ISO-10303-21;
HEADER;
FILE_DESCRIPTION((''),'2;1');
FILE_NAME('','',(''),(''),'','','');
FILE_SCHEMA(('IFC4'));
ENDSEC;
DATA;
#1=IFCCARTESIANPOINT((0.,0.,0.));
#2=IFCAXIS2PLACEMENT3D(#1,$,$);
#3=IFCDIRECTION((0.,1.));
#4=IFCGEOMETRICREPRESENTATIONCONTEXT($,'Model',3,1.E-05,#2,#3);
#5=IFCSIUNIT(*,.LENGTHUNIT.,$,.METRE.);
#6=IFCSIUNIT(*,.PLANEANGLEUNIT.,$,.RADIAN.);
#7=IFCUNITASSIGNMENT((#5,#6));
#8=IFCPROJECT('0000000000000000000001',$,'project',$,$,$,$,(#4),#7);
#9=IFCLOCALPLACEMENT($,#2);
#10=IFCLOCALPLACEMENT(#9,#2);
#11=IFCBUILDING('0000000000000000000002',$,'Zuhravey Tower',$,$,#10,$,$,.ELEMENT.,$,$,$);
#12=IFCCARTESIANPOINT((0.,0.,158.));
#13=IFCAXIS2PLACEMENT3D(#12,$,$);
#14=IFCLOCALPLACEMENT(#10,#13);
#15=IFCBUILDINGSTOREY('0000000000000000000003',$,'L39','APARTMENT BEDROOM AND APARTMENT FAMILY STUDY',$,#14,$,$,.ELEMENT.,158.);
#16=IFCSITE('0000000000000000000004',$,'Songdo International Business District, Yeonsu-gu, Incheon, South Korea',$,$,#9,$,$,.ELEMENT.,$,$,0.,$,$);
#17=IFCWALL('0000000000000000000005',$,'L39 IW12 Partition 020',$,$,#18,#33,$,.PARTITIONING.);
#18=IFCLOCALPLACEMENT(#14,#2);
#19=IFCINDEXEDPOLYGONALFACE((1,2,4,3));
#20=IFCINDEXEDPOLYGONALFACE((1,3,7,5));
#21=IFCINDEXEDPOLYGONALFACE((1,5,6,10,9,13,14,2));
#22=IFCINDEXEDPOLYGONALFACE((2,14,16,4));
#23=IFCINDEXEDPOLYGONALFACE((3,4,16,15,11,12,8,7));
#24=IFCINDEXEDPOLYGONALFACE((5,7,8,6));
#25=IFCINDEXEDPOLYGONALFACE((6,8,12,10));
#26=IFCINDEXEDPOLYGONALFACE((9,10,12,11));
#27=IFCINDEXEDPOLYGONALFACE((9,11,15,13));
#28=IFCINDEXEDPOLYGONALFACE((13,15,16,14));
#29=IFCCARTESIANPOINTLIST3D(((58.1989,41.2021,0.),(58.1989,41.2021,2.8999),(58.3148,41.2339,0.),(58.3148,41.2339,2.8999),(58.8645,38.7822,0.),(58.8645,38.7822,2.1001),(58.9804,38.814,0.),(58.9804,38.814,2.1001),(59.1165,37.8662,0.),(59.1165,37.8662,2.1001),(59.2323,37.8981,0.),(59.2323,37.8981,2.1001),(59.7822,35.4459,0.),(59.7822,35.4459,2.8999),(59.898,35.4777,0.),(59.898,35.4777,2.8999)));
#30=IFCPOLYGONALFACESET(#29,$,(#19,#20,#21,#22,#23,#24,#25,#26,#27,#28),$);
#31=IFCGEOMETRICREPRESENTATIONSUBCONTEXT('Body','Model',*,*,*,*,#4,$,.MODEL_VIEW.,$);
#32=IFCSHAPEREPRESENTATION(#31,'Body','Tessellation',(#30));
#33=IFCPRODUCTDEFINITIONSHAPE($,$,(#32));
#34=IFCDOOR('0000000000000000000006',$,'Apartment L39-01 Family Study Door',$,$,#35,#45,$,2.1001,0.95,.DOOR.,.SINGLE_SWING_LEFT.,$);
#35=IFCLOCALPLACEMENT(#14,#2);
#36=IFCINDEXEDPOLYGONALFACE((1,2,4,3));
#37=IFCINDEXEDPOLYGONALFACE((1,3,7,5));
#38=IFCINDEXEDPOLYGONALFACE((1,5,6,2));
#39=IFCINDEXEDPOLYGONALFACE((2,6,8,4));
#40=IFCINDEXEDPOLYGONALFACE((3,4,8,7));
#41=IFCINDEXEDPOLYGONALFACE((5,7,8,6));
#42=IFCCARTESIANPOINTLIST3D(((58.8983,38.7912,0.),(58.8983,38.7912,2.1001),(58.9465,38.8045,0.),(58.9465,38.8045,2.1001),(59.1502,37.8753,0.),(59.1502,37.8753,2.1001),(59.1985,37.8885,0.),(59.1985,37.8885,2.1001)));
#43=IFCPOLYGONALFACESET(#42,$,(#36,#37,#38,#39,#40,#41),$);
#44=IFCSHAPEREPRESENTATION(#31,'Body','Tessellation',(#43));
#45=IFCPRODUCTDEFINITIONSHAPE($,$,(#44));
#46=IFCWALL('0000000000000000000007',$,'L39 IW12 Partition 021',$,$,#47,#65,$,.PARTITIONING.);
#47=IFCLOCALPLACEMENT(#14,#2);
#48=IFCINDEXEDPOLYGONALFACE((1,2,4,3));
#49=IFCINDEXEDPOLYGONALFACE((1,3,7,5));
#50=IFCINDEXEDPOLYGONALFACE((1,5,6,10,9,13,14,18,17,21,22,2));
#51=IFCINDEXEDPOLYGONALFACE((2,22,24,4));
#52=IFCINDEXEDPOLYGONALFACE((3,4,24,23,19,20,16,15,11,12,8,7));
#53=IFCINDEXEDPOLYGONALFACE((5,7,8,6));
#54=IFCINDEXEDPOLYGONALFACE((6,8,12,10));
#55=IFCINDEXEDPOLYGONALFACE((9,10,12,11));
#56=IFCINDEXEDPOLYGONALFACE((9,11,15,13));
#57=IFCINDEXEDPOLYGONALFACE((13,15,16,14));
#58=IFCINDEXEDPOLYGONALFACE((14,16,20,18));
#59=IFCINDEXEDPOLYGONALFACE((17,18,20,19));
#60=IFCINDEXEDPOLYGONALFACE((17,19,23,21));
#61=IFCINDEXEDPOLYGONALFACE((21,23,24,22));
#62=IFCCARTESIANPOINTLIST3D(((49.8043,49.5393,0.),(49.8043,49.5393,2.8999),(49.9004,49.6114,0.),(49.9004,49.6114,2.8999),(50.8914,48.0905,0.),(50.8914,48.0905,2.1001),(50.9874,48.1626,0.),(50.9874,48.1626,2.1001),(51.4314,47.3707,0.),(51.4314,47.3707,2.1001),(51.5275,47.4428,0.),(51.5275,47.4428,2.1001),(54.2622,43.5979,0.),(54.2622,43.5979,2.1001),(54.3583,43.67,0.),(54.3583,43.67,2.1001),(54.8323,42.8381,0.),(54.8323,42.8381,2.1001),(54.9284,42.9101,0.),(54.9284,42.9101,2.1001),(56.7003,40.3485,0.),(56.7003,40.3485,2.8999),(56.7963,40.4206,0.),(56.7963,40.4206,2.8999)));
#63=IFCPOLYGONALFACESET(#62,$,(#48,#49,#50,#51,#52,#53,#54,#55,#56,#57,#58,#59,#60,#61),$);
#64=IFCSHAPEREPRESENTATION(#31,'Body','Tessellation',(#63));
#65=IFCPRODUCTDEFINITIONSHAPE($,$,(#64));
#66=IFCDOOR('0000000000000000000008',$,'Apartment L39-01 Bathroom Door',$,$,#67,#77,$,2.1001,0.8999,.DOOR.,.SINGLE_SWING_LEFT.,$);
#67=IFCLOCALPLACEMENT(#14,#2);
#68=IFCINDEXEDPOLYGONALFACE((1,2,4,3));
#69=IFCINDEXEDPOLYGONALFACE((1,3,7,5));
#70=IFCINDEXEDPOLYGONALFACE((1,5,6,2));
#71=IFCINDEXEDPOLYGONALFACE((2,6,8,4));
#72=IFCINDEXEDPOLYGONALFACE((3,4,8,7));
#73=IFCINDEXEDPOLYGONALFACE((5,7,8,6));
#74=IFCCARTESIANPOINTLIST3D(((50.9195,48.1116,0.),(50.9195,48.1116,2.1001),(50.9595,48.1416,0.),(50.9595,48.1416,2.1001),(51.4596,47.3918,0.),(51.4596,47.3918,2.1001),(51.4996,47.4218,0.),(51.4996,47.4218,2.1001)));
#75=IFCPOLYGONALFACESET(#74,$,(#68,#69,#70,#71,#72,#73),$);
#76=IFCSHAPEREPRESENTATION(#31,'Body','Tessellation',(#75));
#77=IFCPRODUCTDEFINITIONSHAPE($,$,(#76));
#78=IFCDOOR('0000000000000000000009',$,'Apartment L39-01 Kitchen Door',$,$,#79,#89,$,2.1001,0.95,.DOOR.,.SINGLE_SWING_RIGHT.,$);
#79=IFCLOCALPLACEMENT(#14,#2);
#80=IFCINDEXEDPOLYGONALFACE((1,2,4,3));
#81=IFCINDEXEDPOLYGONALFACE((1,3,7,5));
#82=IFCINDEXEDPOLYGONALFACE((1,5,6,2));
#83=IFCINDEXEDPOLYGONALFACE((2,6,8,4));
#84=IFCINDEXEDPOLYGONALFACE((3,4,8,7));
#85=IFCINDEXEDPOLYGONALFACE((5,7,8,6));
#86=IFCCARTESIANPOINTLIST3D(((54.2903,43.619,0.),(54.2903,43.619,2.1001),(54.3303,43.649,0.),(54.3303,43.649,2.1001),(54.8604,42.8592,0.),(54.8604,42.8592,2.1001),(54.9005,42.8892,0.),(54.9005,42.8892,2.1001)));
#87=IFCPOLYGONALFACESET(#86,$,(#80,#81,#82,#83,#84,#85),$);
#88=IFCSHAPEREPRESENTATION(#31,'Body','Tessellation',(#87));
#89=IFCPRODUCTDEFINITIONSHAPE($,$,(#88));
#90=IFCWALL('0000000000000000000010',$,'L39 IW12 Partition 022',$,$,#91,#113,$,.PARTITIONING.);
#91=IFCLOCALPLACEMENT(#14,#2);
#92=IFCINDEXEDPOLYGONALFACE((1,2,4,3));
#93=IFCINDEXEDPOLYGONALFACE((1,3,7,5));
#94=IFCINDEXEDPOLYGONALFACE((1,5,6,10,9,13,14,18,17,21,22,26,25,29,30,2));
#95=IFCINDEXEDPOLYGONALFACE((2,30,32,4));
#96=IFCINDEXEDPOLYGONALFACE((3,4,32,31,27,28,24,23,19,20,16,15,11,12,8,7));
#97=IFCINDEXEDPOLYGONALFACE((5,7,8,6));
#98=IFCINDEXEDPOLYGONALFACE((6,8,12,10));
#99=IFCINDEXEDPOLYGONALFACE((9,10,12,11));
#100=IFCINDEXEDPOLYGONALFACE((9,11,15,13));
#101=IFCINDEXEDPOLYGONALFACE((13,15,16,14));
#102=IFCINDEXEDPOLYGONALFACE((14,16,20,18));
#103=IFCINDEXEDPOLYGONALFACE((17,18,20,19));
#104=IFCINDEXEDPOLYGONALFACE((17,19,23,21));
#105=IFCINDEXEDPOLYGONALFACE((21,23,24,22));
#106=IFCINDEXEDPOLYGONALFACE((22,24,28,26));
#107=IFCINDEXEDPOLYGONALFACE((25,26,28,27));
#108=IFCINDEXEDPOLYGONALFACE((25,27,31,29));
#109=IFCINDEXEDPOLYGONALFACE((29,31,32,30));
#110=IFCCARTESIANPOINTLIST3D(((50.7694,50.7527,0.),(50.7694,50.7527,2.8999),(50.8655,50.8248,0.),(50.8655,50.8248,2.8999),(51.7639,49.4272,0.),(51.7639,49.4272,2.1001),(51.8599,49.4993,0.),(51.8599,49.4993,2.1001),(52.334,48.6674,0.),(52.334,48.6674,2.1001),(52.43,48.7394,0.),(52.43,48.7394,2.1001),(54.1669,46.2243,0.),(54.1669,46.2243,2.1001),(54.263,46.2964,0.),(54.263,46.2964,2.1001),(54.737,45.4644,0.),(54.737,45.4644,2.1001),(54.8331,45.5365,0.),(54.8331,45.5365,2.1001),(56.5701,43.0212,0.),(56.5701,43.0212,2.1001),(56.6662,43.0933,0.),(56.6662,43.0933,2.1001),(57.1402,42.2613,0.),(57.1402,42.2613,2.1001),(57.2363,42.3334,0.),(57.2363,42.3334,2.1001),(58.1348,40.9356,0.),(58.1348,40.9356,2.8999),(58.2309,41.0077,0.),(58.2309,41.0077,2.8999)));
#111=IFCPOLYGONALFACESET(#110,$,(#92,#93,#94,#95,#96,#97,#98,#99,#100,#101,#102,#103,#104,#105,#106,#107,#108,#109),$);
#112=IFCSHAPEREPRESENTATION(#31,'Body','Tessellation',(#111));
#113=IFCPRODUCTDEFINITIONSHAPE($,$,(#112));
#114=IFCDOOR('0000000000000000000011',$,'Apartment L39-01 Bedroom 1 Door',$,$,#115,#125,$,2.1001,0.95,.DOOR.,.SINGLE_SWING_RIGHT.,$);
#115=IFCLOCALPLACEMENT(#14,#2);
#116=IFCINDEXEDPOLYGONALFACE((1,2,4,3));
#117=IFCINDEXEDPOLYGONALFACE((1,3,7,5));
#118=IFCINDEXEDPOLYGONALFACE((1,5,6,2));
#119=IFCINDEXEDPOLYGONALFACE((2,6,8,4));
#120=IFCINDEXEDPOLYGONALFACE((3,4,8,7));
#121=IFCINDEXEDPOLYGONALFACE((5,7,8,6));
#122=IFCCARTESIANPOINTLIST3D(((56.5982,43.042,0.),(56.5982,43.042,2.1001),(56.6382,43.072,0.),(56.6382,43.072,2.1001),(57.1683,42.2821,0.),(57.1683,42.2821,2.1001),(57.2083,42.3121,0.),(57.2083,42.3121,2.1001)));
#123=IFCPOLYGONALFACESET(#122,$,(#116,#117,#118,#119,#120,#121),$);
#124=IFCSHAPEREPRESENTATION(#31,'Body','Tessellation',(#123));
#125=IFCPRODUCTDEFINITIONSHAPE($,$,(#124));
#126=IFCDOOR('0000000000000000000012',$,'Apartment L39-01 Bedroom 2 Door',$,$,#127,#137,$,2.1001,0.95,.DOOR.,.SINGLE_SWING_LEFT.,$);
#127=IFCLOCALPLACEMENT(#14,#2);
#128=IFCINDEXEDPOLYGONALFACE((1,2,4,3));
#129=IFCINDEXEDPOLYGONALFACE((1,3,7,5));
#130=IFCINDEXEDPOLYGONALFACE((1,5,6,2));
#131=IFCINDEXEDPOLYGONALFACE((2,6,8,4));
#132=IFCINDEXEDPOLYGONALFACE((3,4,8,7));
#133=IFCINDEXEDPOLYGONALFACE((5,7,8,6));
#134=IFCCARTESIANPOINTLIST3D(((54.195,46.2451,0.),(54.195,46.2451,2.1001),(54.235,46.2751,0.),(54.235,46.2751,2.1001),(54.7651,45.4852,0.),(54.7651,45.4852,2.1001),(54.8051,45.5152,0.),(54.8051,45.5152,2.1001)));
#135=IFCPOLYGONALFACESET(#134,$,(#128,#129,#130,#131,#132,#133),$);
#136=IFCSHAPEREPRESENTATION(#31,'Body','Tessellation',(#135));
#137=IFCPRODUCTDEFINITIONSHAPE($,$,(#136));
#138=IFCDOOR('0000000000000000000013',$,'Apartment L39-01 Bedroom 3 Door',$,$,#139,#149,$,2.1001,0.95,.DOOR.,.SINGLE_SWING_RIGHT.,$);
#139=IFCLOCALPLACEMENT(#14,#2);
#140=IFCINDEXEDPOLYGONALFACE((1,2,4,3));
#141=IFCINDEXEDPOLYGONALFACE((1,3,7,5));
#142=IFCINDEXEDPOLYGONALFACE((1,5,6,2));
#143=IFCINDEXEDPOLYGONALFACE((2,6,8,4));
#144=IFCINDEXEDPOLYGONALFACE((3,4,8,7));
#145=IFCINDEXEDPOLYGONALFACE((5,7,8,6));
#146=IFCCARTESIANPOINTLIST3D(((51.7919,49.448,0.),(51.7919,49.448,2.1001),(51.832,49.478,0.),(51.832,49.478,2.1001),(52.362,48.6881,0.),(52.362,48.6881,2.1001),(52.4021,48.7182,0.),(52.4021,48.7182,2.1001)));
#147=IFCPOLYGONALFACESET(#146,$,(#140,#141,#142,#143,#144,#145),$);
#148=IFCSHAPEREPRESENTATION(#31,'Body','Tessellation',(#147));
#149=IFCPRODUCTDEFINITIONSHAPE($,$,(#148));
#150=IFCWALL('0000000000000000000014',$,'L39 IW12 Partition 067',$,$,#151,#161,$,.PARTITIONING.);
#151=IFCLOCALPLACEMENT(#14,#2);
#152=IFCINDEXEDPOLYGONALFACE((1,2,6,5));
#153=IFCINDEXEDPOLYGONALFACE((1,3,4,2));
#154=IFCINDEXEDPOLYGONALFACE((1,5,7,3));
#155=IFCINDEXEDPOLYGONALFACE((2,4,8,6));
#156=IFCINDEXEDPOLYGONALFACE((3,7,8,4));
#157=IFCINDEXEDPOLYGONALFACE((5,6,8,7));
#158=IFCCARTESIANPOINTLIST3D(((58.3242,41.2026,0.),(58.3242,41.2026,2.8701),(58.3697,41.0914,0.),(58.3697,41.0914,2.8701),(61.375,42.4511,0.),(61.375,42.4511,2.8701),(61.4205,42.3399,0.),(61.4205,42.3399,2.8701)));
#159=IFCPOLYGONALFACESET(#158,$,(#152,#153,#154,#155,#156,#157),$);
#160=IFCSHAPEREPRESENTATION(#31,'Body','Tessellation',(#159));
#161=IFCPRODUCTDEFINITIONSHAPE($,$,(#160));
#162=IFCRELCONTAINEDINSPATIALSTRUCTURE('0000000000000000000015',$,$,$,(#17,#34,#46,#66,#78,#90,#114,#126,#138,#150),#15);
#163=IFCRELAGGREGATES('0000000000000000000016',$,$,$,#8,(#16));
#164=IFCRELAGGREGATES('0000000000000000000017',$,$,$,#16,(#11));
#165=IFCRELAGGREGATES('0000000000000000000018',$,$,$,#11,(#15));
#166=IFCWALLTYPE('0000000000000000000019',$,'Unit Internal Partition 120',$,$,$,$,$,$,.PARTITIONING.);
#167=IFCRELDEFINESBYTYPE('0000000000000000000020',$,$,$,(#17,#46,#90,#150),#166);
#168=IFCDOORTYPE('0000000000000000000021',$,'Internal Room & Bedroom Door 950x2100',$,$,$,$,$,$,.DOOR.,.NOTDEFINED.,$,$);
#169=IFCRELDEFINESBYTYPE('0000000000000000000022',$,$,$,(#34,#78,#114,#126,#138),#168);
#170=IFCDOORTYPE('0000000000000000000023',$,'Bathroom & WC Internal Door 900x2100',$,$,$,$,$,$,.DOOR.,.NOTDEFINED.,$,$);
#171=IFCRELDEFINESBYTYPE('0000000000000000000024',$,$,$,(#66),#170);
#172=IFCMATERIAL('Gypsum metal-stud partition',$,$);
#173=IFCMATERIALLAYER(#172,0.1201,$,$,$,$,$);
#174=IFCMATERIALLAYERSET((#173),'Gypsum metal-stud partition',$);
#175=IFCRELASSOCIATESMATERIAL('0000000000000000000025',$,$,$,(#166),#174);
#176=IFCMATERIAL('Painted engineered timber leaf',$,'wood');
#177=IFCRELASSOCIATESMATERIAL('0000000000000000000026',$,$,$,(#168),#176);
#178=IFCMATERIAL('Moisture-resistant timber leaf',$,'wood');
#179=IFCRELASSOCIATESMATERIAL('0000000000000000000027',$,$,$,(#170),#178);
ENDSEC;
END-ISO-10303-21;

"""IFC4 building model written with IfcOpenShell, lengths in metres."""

from ifc_helpers import new_model, si_unit, direction, frame, frame_2d, origin, place, context, subcontext, project, spatial, rectangle, extrude, material, layer, layer_set, type_object, element, fill, save


model = new_model("IFC4")

# Units and contexts
model_context = context("Model", 3, precision=1e-05, world=origin(), true_north=direction((0.0, 1.0)))
body_context = subcontext(model_context, "Body", "Model", "MODEL_VIEW")
ifc_project = project(units=[si_unit("LENGTHUNIT", "METRE"), si_unit("PLANEANGLEUNIT", "RADIAN")], contexts=[model_context])

# Site, building, storey
site_placement = place(None, origin())
site = spatial("IfcSite", under=ifc_project, at=site_placement, Name="Songdo International Business District, Yeonsu-gu, Incheon, South Korea", CompositionType="ELEMENT", RefElevation=0.0)
building_placement = place(site_placement, origin())
building = spatial("IfcBuilding", under=site, at=building_placement, Name="Zuhravey Tower", CompositionType="ELEMENT")
storey_placement = place(building_placement, frame((0.0, 0.0, 158.0)))
storey = spatial("IfcBuildingStorey", under=building, at=storey_placement, Name="L39", Description="APARTMENT BEDROOM AND APARTMENT FAMILY STUDY", CompositionType="ELEMENT", Elevation=158.0)

# Wall, opening, door
ifc_material_1 = material(Name="Gypsum metal-stud partition")
ifc_layer_1 = layer(ifc_material_1, 0.1201)
ifc_layer_set_1 = layer_set([ifc_layer_1], Name="Gypsum metal-stud partition")
wall_type_1 = type_object("IfcWallType", Name="Unit Internal Partition 120", PredefinedType="PARTITIONING", material=ifc_layer_set_1)
wall_1_placement = place(storey_placement, frame((59.8401, 35.4619, 0.0), z_axis=(0.0, 0.0, 1.0), x_axis=(-0.265207, 0.964192, 0.0)))
wall_1 = element("IfcWall", 1, at=wall_1_placement, inside=storey, type_object=wall_type_1, Name="L39 IW12 Partition 020", PredefinedType="PARTITIONING", context=body_context, shape_type="SweptSolid", body=[
    extrude(rectangle(XDim=5.97, YDim=0.1201, at=frame_2d((2.9849, 0.0))), origin(), (0.0, 0.0, 1.0), 2.8999),
])
opening_1_placement = place(wall_1_placement, frame((2.51, 0.0, 0.0)))
opening_1 = element("IfcOpeningElement", 2, at=opening_1_placement, cuts=wall_1, PredefinedType="OPENING", context=body_context, shape_type="SweptSolid", body=[
    extrude(rectangle(XDim=0.95, YDim=2.1001, at=frame_2d((0.4751, 1.05))), frame((0.0, 0.072, 0.0), z_axis=(0.0, -1.0, 0.0), x_axis=(1.0, 0.0, 0.0)), (0.0, 0.0, 1.0), 0.144),
])
ifc_material_2 = material(Name="Painted engineered timber leaf", Category="wood")
door_type_1 = type_object("IfcDoorType", Name="Internal Room & Bedroom Door 950x2100", OperationType="NOTDEFINED", PredefinedType="DOOR", material=ifc_material_2)
door_1_placement = place(opening_1_placement, frame((0.95, 0.0, 0.0), z_axis=(0.0, 0.0, 1.0), x_axis=(-1.0, 0.0, 0.0)))
door_1 = element("IfcDoor", 3, at=door_1_placement, inside=storey, type_object=door_type_1, Name="Apartment L39-01 Family Study Door", OperationType="SINGLE_SWING_LEFT", OverallHeight=2.1001, OverallWidth=0.95, PredefinedType="DOOR", context=body_context, shape_type="SweptSolid", body=[
    extrude(rectangle(XDim=0.95, YDim=2.1001, at=frame_2d((0.4751, 1.05))), frame((0.0, 0.0249, 0.0), z_axis=(0.0, -1.0, 0.0), x_axis=(1.0, 0.0, 0.0)), (0.0, 0.0, 1.0), 0.05),
])
fill(opening_1, door_1)

# Walls, openings, doors
wall_2_placement = place(storey_placement, frame((56.7483, 40.3845, 0.0), z_axis=(0.0, 0.0, 1.0), x_axis=(-0.600156, 0.799883, 0.0)))
wall_2 = element("IfcWall", 4, at=wall_2_placement, inside=storey, type_object=wall_type_1, Name="L39 IW12 Partition 021", PredefinedType="PARTITIONING", context=body_context, shape_type="SweptSolid", body=[
    extrude(rectangle(XDim=11.4902, YDim=0.1201, at=frame_2d((5.7451, 0.0))), origin(), (0.0, 0.0, 1.0), 2.8999),
])
opening_2_placement = place(wall_2_placement, frame((3.1123, 0.0, 0.0)))
opening_2 = element("IfcOpeningElement", 5, at=opening_2_placement, cuts=wall_2, PredefinedType="OPENING", context=body_context, shape_type="SweptSolid", body=[
    extrude(rectangle(XDim=0.95, YDim=2.1001, at=frame_2d((0.4751, 1.05))), frame((0.0, 0.072, 0.0), z_axis=(0.0, -1.0, 0.0), x_axis=(1.0, 0.0, 0.0)), (0.0, 0.0, 1.0), 0.144),
])
opening_3_placement = place(wall_2_placement, frame((8.7791, 0.0, 0.0)))
opening_3 = element("IfcOpeningElement", 6, at=opening_3_placement, cuts=wall_2, PredefinedType="OPENING", context=body_context, shape_type="SweptSolid", body=[
    extrude(rectangle(XDim=0.8999, YDim=2.1001, at=frame_2d((0.45, 1.05))), frame((0.0, 0.072, 0.0), z_axis=(0.0, -1.0, 0.0), x_axis=(1.0, 0.0, 0.0)), (0.0, 0.0, 1.0), 0.144),
])
ifc_material_3 = material(Name="Moisture-resistant timber leaf", Category="wood")
door_type_2 = type_object("IfcDoorType", Name="Bathroom & WC Internal Door 900x2100", OperationType="NOTDEFINED", PredefinedType="DOOR", material=ifc_material_3)
door_2_placement = place(opening_3_placement, origin())
door_2 = element("IfcDoor", 7, at=door_2_placement, inside=storey, type_object=door_type_2, Name="Apartment L39-01 Bathroom Door", OperationType="SINGLE_SWING_LEFT", OverallHeight=2.1001, OverallWidth=0.8999, PredefinedType="DOOR", context=body_context, shape_type="SweptSolid", body=[
    extrude(rectangle(XDim=0.8999, YDim=2.1001, at=frame_2d((0.45, 1.05))), frame((0.0, 0.0249, 0.0), z_axis=(0.0, -1.0, 0.0), x_axis=(1.0, 0.0, 0.0)), (0.0, 0.0, 1.0), 0.05),
])
fill(opening_3, door_2)
door_3_placement = place(opening_2_placement, origin())
door_3 = element("IfcDoor", 8, at=door_3_placement, inside=storey, type_object=door_type_1, Name="Apartment L39-01 Kitchen Door", OperationType="SINGLE_SWING_RIGHT", OverallHeight=2.1001, OverallWidth=0.95, PredefinedType="DOOR", context=body_context, shape_type="SweptSolid", body=[
    extrude(rectangle(XDim=0.95, YDim=2.1001, at=frame_2d((0.4751, 1.05))), frame((0.0, 0.0249, 0.0), z_axis=(0.0, -1.0, 0.0), x_axis=(1.0, 0.0, 0.0)), (0.0, 0.0, 1.0), 0.05),
])
fill(opening_2, door_3)
wall_3_placement = place(storey_placement, frame((58.1829, 40.9717, 0.0), z_axis=(0.0, 0.0, 1.0), x_axis=(-0.600137, 0.799897, 0.0)))
wall_3 = element("IfcWall", 9, at=wall_3_placement, inside=storey, type_object=wall_type_1, Name="L39 IW12 Partition 022", PredefinedType="PARTITIONING", context=body_context, shape_type="SweptSolid", body=[
    extrude(rectangle(XDim=12.2729, YDim=0.1201, at=frame_2d((6.1365, 0.0))), origin(), (0.0, 0.0, 1.0), 2.8999),
])
opening_4_placement = place(wall_3_placement, frame((1.6572, 0.0, 0.0)))
opening_4 = element("IfcOpeningElement", 10, at=opening_4_placement, cuts=wall_3, PredefinedType="OPENING", context=body_context, shape_type="SweptSolid", body=[
    extrude(rectangle(XDim=0.95, YDim=2.1001, at=frame_2d((0.4751, 1.05))), frame((0.0, 0.072, 0.0), z_axis=(0.0, -1.0, 0.0), x_axis=(1.0, 0.0, 0.0)), (0.0, 0.0, 1.0), 0.144),
])
opening_5_placement = place(wall_3_placement, frame((5.6616, 0.0, 0.0)))
opening_5 = element("IfcOpeningElement", 11, at=opening_5_placement, cuts=wall_3, PredefinedType="OPENING", context=body_context, shape_type="SweptSolid", body=[
    extrude(rectangle(XDim=0.95, YDim=2.1001, at=frame_2d((0.4751, 1.05))), frame((0.0, 0.072, 0.0), z_axis=(0.0, -1.0, 0.0), x_axis=(1.0, 0.0, 0.0)), (0.0, 0.0, 1.0), 0.144),
])
opening_6_placement = place(wall_3_placement, frame((9.6658, 0.0, 0.0)))
opening_6 = element("IfcOpeningElement", 12, at=opening_6_placement, cuts=wall_3, PredefinedType="OPENING", context=body_context, shape_type="SweptSolid", body=[
    extrude(rectangle(XDim=0.95, YDim=2.1001, at=frame_2d((0.4751, 1.05))), frame((0.0, 0.072, 0.0), z_axis=(0.0, -1.0, 0.0), x_axis=(1.0, 0.0, 0.0)), (0.0, 0.0, 1.0), 0.144),
])
door_4_placement = place(opening_4_placement, frame((0.95, 0.0, 0.0), z_axis=(0.0, 0.0, 1.0), x_axis=(-1.0, 0.0, 0.0)))
door_4 = element("IfcDoor", 13, at=door_4_placement, inside=storey, type_object=door_type_1, Name="Apartment L39-01 Bedroom 1 Door", OperationType="SINGLE_SWING_RIGHT", OverallHeight=2.1001, OverallWidth=0.95, PredefinedType="DOOR", context=body_context, shape_type="SweptSolid", body=[
    extrude(rectangle(XDim=0.95, YDim=2.1001, at=frame_2d((0.4751, 1.05))), frame((0.0, 0.0249, 0.0), z_axis=(0.0, -1.0, 0.0), x_axis=(1.0, 0.0, 0.0)), (0.0, 0.0, 1.0), 0.05),
])
fill(opening_4, door_4)
door_5_placement = place(opening_5_placement, frame((0.95, 0.0, 0.0), z_axis=(0.0, 0.0, 1.0), x_axis=(-1.0, 0.0, 0.0)))
door_5 = element("IfcDoor", 14, at=door_5_placement, inside=storey, type_object=door_type_1, Name="Apartment L39-01 Bedroom 2 Door", OperationType="SINGLE_SWING_LEFT", OverallHeight=2.1001, OverallWidth=0.95, PredefinedType="DOOR", context=body_context, shape_type="SweptSolid", body=[
    extrude(rectangle(XDim=0.95, YDim=2.1001, at=frame_2d((0.4751, 1.05))), frame((0.0, 0.0249, 0.0), z_axis=(0.0, -1.0, 0.0), x_axis=(1.0, 0.0, 0.0)), (0.0, 0.0, 1.0), 0.05),
])
fill(opening_5, door_5)
door_6_placement = place(opening_6_placement, frame((0.95, 0.0, 0.0), z_axis=(0.0, 0.0, 1.0), x_axis=(-1.0, 0.0, 0.0)))
door_6 = element("IfcDoor", 15, at=door_6_placement, inside=storey, type_object=door_type_1, Name="Apartment L39-01 Bedroom 3 Door", OperationType="SINGLE_SWING_RIGHT", OverallHeight=2.1001, OverallWidth=0.95, PredefinedType="DOOR", context=body_context, shape_type="SweptSolid", body=[
    extrude(rectangle(XDim=0.95, YDim=2.1001, at=frame_2d((0.4751, 1.05))), frame((0.0, 0.0249, 0.0), z_axis=(0.0, -1.0, 0.0), x_axis=(1.0, 0.0, 0.0)), (0.0, 0.0, 1.0), 0.05),
])
fill(opening_6, door_6)

# Wall
wall_4_placement = place(storey_placement, frame((58.3469, 41.147, 0.0), z_axis=(0.0, 0.0, 1.0), x_axis=(0.925495, 0.37876, 0.0)))
element("IfcWall", 16, at=wall_4_placement, inside=storey, type_object=wall_type_1, Name="L39 IW12 Partition 067", PredefinedType="PARTITIONING", context=body_context, shape_type="SweptSolid", body=[
    extrude(rectangle(XDim=3.2964, YDim=0.1201, at=frame_2d((1.6482, 0.0))), origin(), (0.0, 0.0, 1.0), 2.8701),
])

save(model, "model.ifc")
